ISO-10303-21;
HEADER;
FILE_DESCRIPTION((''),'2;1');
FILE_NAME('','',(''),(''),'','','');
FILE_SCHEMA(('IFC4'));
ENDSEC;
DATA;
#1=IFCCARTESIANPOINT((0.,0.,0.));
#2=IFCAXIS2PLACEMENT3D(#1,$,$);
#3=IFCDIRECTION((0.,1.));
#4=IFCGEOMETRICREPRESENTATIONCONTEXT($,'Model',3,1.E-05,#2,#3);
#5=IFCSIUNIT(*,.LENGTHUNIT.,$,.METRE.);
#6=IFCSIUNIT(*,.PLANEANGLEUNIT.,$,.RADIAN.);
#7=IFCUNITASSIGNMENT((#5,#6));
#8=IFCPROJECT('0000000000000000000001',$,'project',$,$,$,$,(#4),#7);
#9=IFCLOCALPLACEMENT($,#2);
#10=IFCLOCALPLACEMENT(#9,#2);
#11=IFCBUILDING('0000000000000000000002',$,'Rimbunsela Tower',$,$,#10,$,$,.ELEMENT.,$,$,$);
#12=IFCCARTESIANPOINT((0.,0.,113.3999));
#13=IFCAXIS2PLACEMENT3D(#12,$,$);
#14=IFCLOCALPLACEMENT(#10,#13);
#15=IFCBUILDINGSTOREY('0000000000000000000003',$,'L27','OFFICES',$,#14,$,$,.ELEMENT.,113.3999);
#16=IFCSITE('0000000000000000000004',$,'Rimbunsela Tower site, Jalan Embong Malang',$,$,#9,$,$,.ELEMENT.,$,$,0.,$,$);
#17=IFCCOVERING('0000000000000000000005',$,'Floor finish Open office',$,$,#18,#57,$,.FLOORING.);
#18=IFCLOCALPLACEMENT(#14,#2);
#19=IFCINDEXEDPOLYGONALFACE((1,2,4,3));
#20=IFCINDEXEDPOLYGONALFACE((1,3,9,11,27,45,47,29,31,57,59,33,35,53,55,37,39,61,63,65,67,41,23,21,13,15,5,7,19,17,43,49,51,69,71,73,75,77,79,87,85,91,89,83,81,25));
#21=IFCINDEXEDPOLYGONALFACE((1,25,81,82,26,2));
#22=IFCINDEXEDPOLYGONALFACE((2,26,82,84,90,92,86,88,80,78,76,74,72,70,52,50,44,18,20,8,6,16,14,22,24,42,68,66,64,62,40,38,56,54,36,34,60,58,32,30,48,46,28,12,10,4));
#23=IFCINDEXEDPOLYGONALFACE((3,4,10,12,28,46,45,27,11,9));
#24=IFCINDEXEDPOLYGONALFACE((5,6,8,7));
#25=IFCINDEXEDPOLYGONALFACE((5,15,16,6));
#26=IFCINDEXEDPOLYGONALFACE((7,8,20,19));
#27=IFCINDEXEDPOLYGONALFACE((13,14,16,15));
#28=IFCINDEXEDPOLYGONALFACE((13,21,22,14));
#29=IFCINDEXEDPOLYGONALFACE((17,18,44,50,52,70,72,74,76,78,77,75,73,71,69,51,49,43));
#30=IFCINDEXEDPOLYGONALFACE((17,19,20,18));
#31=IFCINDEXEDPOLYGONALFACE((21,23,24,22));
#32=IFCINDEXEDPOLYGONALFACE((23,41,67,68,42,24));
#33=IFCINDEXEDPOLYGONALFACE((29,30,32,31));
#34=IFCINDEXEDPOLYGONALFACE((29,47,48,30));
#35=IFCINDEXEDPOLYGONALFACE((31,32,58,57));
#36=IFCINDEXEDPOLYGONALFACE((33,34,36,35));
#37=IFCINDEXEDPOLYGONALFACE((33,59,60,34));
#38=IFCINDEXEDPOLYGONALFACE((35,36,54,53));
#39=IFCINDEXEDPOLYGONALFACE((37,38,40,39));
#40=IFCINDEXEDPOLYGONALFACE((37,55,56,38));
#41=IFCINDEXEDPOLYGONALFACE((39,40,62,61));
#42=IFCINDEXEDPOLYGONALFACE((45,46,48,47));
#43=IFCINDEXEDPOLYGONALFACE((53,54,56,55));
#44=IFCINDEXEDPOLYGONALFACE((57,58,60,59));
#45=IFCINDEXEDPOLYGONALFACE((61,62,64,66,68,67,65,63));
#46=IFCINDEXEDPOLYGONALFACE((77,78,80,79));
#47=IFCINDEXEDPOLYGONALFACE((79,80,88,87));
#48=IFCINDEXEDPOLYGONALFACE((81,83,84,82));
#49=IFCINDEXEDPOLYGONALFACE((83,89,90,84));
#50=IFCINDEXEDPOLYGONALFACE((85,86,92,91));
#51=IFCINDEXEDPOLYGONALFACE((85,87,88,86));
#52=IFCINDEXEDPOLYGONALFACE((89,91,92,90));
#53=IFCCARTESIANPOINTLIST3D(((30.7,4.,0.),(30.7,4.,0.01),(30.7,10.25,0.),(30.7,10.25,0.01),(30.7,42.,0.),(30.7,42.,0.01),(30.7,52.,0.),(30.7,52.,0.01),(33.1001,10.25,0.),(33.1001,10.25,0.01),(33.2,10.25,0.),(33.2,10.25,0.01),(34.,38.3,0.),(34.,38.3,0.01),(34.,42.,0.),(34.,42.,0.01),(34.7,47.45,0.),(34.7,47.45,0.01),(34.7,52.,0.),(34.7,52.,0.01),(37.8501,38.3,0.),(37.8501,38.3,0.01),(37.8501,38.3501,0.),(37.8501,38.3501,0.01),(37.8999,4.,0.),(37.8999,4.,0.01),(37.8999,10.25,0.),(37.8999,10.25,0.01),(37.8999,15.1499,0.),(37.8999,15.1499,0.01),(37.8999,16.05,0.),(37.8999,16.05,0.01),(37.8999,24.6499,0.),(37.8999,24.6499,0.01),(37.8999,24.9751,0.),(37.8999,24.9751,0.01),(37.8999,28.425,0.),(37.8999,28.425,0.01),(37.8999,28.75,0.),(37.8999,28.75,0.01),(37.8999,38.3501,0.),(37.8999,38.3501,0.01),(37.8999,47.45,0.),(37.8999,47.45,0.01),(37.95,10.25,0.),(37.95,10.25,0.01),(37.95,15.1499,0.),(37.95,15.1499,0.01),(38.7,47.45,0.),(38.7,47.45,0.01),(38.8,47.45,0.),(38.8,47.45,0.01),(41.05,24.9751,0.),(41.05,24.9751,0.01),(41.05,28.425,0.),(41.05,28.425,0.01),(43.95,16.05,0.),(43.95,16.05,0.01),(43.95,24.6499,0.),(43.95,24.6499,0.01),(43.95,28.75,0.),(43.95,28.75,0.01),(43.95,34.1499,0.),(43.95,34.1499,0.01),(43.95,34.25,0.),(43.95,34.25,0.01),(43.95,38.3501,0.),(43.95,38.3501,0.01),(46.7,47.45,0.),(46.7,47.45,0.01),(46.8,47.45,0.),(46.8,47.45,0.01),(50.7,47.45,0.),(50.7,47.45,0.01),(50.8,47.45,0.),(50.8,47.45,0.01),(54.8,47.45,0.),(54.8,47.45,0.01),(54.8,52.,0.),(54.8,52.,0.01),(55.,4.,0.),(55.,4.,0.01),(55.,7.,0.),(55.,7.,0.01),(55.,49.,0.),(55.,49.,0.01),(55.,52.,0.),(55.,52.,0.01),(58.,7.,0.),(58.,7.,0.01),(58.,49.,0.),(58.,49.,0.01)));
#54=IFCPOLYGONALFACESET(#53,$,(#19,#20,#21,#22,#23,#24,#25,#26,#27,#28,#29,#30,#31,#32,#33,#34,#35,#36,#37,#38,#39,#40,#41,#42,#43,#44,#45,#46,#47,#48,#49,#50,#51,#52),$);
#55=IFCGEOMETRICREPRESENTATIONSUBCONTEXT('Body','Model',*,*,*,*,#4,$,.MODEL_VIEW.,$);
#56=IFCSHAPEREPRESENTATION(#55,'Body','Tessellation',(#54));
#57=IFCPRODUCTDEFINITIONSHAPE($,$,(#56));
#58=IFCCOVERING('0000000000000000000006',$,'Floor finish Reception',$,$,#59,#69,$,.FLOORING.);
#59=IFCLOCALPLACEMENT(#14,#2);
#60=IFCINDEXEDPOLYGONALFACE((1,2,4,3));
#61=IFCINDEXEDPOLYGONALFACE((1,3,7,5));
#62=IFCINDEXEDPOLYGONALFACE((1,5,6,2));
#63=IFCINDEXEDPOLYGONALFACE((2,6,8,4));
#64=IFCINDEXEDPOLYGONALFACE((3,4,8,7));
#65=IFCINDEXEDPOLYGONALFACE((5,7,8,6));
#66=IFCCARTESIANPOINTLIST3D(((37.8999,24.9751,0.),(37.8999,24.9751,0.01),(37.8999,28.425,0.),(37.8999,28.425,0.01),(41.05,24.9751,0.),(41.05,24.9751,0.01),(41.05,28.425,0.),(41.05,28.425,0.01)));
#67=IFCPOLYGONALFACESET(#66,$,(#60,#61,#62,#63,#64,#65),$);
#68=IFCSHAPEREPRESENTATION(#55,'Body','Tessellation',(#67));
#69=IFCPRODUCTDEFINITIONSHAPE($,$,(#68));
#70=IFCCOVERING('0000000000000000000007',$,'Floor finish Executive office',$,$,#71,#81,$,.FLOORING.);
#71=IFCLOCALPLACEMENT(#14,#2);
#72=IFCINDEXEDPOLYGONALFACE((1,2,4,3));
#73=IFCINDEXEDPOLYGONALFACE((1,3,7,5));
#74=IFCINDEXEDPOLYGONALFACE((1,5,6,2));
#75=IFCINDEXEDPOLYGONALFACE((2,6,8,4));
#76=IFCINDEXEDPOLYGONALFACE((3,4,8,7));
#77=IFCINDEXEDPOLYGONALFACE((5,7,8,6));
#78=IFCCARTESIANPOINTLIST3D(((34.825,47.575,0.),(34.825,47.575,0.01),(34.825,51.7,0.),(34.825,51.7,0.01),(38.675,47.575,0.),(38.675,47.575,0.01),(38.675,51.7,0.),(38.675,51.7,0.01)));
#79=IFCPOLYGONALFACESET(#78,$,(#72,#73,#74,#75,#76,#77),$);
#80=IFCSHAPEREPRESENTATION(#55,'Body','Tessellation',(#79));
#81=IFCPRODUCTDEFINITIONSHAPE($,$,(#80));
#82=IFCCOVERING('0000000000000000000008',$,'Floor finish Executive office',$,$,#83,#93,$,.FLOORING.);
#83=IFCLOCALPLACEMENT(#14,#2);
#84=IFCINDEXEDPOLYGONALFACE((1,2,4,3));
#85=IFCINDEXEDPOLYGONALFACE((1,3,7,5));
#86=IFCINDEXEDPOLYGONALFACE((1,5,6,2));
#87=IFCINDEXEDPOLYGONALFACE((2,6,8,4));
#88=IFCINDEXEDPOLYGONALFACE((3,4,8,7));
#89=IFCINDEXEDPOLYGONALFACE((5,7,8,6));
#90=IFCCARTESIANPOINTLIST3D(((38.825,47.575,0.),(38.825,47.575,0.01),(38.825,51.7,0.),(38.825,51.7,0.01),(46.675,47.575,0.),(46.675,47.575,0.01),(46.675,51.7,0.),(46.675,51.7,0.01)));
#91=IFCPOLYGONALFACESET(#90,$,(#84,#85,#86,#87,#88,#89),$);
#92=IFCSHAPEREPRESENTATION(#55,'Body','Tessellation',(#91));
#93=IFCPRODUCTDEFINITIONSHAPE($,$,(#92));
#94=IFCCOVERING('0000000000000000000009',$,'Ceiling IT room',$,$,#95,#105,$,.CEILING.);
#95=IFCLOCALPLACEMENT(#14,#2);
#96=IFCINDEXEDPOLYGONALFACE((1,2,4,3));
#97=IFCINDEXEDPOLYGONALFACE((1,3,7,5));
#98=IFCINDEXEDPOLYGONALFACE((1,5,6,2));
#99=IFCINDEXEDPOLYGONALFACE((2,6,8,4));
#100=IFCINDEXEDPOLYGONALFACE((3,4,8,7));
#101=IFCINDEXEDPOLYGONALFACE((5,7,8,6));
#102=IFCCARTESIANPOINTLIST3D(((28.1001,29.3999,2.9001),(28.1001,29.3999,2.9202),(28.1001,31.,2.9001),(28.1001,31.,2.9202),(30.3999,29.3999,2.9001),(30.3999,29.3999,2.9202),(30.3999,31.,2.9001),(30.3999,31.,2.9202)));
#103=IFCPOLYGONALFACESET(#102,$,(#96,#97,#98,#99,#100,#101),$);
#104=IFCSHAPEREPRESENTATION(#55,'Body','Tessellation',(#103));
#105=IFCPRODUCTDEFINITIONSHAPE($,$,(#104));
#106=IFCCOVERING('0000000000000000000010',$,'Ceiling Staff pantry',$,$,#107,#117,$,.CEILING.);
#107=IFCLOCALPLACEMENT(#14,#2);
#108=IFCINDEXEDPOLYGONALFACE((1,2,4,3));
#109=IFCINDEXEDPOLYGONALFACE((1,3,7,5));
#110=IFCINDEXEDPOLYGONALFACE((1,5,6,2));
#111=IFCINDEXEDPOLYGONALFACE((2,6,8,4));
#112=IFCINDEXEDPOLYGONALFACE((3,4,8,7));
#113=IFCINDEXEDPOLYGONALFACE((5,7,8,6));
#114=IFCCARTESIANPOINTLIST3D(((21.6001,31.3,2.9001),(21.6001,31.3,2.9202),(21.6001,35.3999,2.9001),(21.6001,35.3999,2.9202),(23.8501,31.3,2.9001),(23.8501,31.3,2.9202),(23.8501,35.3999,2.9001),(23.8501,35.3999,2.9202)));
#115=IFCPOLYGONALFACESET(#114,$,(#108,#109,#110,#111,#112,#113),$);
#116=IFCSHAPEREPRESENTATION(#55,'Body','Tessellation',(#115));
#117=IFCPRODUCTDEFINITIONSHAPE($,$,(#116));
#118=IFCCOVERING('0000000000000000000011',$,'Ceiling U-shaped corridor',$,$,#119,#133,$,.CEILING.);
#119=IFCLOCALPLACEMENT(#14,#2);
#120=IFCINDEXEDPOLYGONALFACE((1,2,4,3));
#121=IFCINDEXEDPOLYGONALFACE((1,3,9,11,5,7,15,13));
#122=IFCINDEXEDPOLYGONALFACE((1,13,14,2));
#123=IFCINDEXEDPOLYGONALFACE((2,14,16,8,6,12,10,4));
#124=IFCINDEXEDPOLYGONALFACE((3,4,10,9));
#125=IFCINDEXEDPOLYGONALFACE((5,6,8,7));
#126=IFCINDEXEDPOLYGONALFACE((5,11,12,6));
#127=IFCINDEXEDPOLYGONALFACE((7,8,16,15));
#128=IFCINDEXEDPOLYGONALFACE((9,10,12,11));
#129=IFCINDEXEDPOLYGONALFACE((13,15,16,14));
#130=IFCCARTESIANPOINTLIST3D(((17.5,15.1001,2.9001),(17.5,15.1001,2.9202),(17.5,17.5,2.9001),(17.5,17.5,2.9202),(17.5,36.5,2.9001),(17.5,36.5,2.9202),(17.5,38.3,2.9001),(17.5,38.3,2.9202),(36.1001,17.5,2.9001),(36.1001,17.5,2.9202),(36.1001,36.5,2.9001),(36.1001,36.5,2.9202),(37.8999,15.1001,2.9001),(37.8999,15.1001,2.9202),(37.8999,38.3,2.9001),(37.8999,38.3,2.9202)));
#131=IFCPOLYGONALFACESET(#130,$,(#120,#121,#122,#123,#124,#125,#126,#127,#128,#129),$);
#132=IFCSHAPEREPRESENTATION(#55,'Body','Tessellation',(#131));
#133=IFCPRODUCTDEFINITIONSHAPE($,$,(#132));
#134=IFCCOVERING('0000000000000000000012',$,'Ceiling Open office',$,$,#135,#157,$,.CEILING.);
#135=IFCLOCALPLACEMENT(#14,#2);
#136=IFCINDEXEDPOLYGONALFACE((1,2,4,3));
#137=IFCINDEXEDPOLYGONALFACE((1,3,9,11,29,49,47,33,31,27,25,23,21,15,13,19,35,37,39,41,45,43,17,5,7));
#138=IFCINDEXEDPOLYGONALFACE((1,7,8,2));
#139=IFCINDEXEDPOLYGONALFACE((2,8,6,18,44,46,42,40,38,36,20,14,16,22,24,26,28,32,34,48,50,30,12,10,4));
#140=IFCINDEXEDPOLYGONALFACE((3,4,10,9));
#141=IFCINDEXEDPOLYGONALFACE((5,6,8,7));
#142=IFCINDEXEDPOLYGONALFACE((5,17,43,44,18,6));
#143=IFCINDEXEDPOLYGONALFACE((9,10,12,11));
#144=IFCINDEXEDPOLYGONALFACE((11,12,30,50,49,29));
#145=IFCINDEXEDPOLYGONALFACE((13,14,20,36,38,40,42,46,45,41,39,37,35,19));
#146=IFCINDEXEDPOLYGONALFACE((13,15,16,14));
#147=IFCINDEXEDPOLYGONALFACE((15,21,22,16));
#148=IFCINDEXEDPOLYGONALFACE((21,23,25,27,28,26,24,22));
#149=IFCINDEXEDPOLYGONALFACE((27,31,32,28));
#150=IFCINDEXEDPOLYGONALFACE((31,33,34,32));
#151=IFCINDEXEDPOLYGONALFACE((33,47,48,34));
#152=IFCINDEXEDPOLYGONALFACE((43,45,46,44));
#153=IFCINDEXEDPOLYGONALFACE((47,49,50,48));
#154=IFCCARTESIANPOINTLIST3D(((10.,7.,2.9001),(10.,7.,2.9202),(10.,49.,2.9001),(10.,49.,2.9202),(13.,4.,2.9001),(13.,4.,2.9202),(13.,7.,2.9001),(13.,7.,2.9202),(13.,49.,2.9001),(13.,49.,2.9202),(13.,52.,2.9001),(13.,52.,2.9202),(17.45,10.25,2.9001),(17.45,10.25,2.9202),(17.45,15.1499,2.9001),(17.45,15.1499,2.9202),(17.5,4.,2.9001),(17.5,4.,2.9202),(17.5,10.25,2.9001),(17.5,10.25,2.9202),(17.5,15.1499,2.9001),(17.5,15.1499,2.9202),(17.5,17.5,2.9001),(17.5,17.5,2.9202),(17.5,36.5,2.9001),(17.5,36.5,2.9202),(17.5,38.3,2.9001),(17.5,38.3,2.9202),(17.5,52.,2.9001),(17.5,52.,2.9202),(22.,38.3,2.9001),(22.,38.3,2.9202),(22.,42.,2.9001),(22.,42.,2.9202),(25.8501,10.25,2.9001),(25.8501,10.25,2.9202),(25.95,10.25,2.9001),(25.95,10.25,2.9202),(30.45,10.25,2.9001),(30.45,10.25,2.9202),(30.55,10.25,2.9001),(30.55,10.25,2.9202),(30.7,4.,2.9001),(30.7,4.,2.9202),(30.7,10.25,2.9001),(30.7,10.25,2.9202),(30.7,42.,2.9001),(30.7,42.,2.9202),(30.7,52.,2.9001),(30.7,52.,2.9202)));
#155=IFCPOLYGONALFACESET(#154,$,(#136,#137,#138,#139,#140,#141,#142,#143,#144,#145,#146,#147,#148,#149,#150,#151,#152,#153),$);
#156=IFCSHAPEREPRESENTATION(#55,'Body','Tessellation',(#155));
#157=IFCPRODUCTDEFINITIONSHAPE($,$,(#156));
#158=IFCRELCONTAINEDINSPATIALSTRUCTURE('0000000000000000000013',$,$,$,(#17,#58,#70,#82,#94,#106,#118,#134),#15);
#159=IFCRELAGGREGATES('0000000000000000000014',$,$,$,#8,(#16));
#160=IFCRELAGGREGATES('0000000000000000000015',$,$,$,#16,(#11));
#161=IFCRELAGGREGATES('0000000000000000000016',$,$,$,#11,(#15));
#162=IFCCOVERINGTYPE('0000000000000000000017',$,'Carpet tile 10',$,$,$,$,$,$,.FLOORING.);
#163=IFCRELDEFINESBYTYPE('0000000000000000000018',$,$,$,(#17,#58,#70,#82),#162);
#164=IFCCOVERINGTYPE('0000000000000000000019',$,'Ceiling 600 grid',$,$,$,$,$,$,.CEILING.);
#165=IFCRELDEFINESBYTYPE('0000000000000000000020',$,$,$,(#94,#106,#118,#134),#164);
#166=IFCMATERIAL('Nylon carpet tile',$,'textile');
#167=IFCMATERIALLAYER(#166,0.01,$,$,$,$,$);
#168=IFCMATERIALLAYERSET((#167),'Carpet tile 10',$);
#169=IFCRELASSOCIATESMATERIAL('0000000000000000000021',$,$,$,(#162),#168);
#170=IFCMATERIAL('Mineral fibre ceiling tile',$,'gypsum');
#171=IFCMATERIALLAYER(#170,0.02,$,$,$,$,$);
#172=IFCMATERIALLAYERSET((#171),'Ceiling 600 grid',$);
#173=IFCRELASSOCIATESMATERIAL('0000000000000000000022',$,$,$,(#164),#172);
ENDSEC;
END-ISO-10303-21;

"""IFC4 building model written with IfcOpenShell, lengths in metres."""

from ifc_helpers import new_model, si_unit, direction, frame, origin, place, context, subcontext, project, spatial, polyline, outline, extrude, material, layer, layer_set, type_object, element, save


model = new_model("IFC4")

# Units and contexts
model_context = context("Model", 3, precision=1e-05, world=origin(), true_north=direction((0.0, 1.0)))
body_context = subcontext(model_context, "Body", "Model", "MODEL_VIEW")
ifc_project = project(units=[si_unit("LENGTHUNIT", "METRE"), si_unit("PLANEANGLEUNIT", "RADIAN")], contexts=[model_context])

# Site, building, storey
site_placement = place(None, origin())
site = spatial("IfcSite", under=ifc_project, at=site_placement, Name="Rimbunsela Tower site, Jalan Embong Malang", CompositionType="ELEMENT", RefElevation=0.0)
building_placement = place(site_placement, origin())
building = spatial("IfcBuilding", under=site, at=building_placement, Name="Rimbunsela Tower", CompositionType="ELEMENT")
storey_placement = place(building_placement, frame((0.0, 0.0, 113.3999)))
storey = spatial("IfcBuildingStorey", under=building, at=storey_placement, Name="L27", Description="OFFICES", CompositionType="ELEMENT", Elevation=113.3999)

# Coverings
ifc_material_1 = material(Name="Nylon carpet tile", Category="textile")
ifc_layer_1 = layer(ifc_material_1, 0.01)
ifc_layer_set_1 = layer_set([ifc_layer_1], Name="Carpet tile 10")
covering_type_1 = type_object("IfcCoveringType", Name="Carpet tile 10", PredefinedType="FLOORING", material=ifc_layer_set_1)
covering_1_placement = place(storey_placement, origin())
element("IfcCovering", 1, at=covering_1_placement, inside=storey, type_object=covering_type_1, Name="Floor finish Open office", PredefinedType="FLOORING", context=body_context, shape_type="SweptSolid", body=[
    extrude(outline(polyline([(30.7, 52.0), (34.7, 52.0), (34.7, 47.45), (37.8999, 47.45), (38.7, 47.45), (38.8, 47.45), (46.7, 47.45), (46.8, 47.45), (50.7, 47.45), (50.8, 47.45), (54.8, 47.45), (54.8, 52.0), (55.0, 52.0), (55.0, 49.0), (58.0, 49.0), (58.0, 7.0), (55.0, 7.0), (55.0, 4.0), (37.8999, 4.0), (30.7, 4.0), (30.7, 10.25), (33.1001, 10.25), (33.2, 10.25), (37.8999, 10.25), (37.95, 10.25), (37.95, 15.1499), (37.8999, 15.1499), (37.8999, 16.05), (43.95, 16.05), (43.95, 24.6499), (37.8999, 24.6499), (37.8999, 24.9751), (41.05, 24.9751), (41.05, 28.425), (37.8999, 28.425), (37.8999, 28.75), (43.95, 28.75), (43.95, 34.1499), (43.95, 34.25), (43.95, 38.3501), (37.8999, 38.3501), (37.8501, 38.3501), (37.8501, 38.3), (34.0, 38.3), (34.0, 42.0), (30.7, 42.0), (30.7, 52.0)])), origin(), (0.0, 0.0, 1.0), 0.01),
])
covering_2_placement = place(storey_placement, origin())
element("IfcCovering", 2, at=covering_2_placement, inside=storey, type_object=covering_type_1, Name="Floor finish Reception", PredefinedType="FLOORING", context=body_context, shape_type="SweptSolid", body=[
    extrude(outline(polyline([(41.05, 24.9751), (41.05, 28.425), (37.8999, 28.425), (37.8999, 24.9751), (41.05, 24.9751)])), origin(), (0.0, 0.0, 1.0), 0.01),
])
covering_3_placement = place(storey_placement, origin())
element("IfcCovering", 3, at=covering_3_placement, inside=storey, type_object=covering_type_1, Name="Floor finish Executive office", PredefinedType="FLOORING", context=body_context, shape_type="SweptSolid", body=[
    extrude(outline(polyline([(38.675, 47.575), (38.675, 51.7), (34.825, 51.7), (34.825, 47.575), (38.675, 47.575)])), origin(), (0.0, 0.0, 1.0), 0.01),
])
covering_4_placement = place(storey_placement, origin())
element("IfcCovering", 4, at=covering_4_placement, inside=storey, type_object=covering_type_1, Name="Floor finish Executive office", PredefinedType="FLOORING", context=body_context, shape_type="SweptSolid", body=[
    extrude(outline(polyline([(46.675, 47.575), (46.675, 51.7), (38.825, 51.7), (38.825, 47.575), (46.675, 47.575)])), origin(), (0.0, 0.0, 1.0), 0.01),
])
ifc_material_2 = material(Name="Mineral fibre ceiling tile", Category="gypsum")
ifc_layer_2 = layer(ifc_material_2, 0.02)
ifc_layer_set_2 = layer_set([ifc_layer_2], Name="Ceiling 600 grid")
covering_type_2 = type_object("IfcCoveringType", Name="Ceiling 600 grid", PredefinedType="CEILING", material=ifc_layer_set_2)
covering_5_placement = place(storey_placement, frame((0.0, 0.0, 2.9001)))
element("IfcCovering", 5, at=covering_5_placement, inside=storey, type_object=covering_type_2, Name="Ceiling IT room", PredefinedType="CEILING", context=body_context, shape_type="SweptSolid", body=[
    extrude(outline(polyline([(30.3999, 29.3999), (30.3999, 31.0), (28.1001, 31.0), (28.1001, 29.3999), (30.3999, 29.3999)])), origin(), (0.0, 0.0, 1.0), 0.02),
])
covering_6_placement = place(storey_placement, frame((0.0, 0.0, 2.9001)))
element("IfcCovering", 6, at=covering_6_placement, inside=storey, type_object=covering_type_2, Name="Ceiling Staff pantry", PredefinedType="CEILING", context=body_context, shape_type="SweptSolid", body=[
    extrude(outline(polyline([(23.8501, 31.3), (23.8501, 35.3999), (21.6001, 35.3999), (21.6001, 31.3), (23.8501, 31.3)])), origin(), (0.0, 0.0, 1.0), 0.02),
])
covering_7_placement = place(storey_placement, frame((0.0, 0.0, 2.9001)))
element("IfcCovering", 7, at=covering_7_placement, inside=storey, type_object=covering_type_2, Name="Ceiling U-shaped corridor", PredefinedType="CEILING", context=body_context, shape_type="SweptSolid", body=[
    extrude(outline(polyline([(37.8999, 38.3), (37.8999, 15.1001), (17.5, 15.1001), (17.5, 17.5), (36.1001, 17.5), (36.1001, 36.5), (17.5, 36.5), (17.5, 38.3), (37.8999, 38.3)])), origin(), (0.0, 0.0, 1.0), 0.02),
])
covering_8_placement = place(storey_placement, frame((0.0, 0.0, 2.9001)))
element("IfcCovering", 8, at=covering_8_placement, inside=storey, type_object=covering_type_2, Name="Ceiling Open office", PredefinedType="CEILING", context=body_context, shape_type="SweptSolid", body=[
    extrude(outline(polyline([(17.5, 4.0), (13.0, 4.0), (13.0, 7.0), (10.0, 7.0), (10.0, 49.0), (13.0, 49.0), (13.0, 52.0), (17.5, 52.0), (30.7, 52.0), (30.7, 42.0), (22.0, 42.0), (22.0, 38.3), (17.5, 38.3), (17.5, 36.5), (17.5, 17.5), (17.5, 15.1499), (17.45, 15.1499), (17.45, 10.25), (17.5, 10.25), (25.8501, 10.25), (25.95, 10.25), (30.45, 10.25), (30.55, 10.25), (30.7, 10.25), (30.7, 4.0), (17.5, 4.0)])), origin(), (0.0, 0.0, 1.0), 0.02),
])

save(model, "model.ifc")
